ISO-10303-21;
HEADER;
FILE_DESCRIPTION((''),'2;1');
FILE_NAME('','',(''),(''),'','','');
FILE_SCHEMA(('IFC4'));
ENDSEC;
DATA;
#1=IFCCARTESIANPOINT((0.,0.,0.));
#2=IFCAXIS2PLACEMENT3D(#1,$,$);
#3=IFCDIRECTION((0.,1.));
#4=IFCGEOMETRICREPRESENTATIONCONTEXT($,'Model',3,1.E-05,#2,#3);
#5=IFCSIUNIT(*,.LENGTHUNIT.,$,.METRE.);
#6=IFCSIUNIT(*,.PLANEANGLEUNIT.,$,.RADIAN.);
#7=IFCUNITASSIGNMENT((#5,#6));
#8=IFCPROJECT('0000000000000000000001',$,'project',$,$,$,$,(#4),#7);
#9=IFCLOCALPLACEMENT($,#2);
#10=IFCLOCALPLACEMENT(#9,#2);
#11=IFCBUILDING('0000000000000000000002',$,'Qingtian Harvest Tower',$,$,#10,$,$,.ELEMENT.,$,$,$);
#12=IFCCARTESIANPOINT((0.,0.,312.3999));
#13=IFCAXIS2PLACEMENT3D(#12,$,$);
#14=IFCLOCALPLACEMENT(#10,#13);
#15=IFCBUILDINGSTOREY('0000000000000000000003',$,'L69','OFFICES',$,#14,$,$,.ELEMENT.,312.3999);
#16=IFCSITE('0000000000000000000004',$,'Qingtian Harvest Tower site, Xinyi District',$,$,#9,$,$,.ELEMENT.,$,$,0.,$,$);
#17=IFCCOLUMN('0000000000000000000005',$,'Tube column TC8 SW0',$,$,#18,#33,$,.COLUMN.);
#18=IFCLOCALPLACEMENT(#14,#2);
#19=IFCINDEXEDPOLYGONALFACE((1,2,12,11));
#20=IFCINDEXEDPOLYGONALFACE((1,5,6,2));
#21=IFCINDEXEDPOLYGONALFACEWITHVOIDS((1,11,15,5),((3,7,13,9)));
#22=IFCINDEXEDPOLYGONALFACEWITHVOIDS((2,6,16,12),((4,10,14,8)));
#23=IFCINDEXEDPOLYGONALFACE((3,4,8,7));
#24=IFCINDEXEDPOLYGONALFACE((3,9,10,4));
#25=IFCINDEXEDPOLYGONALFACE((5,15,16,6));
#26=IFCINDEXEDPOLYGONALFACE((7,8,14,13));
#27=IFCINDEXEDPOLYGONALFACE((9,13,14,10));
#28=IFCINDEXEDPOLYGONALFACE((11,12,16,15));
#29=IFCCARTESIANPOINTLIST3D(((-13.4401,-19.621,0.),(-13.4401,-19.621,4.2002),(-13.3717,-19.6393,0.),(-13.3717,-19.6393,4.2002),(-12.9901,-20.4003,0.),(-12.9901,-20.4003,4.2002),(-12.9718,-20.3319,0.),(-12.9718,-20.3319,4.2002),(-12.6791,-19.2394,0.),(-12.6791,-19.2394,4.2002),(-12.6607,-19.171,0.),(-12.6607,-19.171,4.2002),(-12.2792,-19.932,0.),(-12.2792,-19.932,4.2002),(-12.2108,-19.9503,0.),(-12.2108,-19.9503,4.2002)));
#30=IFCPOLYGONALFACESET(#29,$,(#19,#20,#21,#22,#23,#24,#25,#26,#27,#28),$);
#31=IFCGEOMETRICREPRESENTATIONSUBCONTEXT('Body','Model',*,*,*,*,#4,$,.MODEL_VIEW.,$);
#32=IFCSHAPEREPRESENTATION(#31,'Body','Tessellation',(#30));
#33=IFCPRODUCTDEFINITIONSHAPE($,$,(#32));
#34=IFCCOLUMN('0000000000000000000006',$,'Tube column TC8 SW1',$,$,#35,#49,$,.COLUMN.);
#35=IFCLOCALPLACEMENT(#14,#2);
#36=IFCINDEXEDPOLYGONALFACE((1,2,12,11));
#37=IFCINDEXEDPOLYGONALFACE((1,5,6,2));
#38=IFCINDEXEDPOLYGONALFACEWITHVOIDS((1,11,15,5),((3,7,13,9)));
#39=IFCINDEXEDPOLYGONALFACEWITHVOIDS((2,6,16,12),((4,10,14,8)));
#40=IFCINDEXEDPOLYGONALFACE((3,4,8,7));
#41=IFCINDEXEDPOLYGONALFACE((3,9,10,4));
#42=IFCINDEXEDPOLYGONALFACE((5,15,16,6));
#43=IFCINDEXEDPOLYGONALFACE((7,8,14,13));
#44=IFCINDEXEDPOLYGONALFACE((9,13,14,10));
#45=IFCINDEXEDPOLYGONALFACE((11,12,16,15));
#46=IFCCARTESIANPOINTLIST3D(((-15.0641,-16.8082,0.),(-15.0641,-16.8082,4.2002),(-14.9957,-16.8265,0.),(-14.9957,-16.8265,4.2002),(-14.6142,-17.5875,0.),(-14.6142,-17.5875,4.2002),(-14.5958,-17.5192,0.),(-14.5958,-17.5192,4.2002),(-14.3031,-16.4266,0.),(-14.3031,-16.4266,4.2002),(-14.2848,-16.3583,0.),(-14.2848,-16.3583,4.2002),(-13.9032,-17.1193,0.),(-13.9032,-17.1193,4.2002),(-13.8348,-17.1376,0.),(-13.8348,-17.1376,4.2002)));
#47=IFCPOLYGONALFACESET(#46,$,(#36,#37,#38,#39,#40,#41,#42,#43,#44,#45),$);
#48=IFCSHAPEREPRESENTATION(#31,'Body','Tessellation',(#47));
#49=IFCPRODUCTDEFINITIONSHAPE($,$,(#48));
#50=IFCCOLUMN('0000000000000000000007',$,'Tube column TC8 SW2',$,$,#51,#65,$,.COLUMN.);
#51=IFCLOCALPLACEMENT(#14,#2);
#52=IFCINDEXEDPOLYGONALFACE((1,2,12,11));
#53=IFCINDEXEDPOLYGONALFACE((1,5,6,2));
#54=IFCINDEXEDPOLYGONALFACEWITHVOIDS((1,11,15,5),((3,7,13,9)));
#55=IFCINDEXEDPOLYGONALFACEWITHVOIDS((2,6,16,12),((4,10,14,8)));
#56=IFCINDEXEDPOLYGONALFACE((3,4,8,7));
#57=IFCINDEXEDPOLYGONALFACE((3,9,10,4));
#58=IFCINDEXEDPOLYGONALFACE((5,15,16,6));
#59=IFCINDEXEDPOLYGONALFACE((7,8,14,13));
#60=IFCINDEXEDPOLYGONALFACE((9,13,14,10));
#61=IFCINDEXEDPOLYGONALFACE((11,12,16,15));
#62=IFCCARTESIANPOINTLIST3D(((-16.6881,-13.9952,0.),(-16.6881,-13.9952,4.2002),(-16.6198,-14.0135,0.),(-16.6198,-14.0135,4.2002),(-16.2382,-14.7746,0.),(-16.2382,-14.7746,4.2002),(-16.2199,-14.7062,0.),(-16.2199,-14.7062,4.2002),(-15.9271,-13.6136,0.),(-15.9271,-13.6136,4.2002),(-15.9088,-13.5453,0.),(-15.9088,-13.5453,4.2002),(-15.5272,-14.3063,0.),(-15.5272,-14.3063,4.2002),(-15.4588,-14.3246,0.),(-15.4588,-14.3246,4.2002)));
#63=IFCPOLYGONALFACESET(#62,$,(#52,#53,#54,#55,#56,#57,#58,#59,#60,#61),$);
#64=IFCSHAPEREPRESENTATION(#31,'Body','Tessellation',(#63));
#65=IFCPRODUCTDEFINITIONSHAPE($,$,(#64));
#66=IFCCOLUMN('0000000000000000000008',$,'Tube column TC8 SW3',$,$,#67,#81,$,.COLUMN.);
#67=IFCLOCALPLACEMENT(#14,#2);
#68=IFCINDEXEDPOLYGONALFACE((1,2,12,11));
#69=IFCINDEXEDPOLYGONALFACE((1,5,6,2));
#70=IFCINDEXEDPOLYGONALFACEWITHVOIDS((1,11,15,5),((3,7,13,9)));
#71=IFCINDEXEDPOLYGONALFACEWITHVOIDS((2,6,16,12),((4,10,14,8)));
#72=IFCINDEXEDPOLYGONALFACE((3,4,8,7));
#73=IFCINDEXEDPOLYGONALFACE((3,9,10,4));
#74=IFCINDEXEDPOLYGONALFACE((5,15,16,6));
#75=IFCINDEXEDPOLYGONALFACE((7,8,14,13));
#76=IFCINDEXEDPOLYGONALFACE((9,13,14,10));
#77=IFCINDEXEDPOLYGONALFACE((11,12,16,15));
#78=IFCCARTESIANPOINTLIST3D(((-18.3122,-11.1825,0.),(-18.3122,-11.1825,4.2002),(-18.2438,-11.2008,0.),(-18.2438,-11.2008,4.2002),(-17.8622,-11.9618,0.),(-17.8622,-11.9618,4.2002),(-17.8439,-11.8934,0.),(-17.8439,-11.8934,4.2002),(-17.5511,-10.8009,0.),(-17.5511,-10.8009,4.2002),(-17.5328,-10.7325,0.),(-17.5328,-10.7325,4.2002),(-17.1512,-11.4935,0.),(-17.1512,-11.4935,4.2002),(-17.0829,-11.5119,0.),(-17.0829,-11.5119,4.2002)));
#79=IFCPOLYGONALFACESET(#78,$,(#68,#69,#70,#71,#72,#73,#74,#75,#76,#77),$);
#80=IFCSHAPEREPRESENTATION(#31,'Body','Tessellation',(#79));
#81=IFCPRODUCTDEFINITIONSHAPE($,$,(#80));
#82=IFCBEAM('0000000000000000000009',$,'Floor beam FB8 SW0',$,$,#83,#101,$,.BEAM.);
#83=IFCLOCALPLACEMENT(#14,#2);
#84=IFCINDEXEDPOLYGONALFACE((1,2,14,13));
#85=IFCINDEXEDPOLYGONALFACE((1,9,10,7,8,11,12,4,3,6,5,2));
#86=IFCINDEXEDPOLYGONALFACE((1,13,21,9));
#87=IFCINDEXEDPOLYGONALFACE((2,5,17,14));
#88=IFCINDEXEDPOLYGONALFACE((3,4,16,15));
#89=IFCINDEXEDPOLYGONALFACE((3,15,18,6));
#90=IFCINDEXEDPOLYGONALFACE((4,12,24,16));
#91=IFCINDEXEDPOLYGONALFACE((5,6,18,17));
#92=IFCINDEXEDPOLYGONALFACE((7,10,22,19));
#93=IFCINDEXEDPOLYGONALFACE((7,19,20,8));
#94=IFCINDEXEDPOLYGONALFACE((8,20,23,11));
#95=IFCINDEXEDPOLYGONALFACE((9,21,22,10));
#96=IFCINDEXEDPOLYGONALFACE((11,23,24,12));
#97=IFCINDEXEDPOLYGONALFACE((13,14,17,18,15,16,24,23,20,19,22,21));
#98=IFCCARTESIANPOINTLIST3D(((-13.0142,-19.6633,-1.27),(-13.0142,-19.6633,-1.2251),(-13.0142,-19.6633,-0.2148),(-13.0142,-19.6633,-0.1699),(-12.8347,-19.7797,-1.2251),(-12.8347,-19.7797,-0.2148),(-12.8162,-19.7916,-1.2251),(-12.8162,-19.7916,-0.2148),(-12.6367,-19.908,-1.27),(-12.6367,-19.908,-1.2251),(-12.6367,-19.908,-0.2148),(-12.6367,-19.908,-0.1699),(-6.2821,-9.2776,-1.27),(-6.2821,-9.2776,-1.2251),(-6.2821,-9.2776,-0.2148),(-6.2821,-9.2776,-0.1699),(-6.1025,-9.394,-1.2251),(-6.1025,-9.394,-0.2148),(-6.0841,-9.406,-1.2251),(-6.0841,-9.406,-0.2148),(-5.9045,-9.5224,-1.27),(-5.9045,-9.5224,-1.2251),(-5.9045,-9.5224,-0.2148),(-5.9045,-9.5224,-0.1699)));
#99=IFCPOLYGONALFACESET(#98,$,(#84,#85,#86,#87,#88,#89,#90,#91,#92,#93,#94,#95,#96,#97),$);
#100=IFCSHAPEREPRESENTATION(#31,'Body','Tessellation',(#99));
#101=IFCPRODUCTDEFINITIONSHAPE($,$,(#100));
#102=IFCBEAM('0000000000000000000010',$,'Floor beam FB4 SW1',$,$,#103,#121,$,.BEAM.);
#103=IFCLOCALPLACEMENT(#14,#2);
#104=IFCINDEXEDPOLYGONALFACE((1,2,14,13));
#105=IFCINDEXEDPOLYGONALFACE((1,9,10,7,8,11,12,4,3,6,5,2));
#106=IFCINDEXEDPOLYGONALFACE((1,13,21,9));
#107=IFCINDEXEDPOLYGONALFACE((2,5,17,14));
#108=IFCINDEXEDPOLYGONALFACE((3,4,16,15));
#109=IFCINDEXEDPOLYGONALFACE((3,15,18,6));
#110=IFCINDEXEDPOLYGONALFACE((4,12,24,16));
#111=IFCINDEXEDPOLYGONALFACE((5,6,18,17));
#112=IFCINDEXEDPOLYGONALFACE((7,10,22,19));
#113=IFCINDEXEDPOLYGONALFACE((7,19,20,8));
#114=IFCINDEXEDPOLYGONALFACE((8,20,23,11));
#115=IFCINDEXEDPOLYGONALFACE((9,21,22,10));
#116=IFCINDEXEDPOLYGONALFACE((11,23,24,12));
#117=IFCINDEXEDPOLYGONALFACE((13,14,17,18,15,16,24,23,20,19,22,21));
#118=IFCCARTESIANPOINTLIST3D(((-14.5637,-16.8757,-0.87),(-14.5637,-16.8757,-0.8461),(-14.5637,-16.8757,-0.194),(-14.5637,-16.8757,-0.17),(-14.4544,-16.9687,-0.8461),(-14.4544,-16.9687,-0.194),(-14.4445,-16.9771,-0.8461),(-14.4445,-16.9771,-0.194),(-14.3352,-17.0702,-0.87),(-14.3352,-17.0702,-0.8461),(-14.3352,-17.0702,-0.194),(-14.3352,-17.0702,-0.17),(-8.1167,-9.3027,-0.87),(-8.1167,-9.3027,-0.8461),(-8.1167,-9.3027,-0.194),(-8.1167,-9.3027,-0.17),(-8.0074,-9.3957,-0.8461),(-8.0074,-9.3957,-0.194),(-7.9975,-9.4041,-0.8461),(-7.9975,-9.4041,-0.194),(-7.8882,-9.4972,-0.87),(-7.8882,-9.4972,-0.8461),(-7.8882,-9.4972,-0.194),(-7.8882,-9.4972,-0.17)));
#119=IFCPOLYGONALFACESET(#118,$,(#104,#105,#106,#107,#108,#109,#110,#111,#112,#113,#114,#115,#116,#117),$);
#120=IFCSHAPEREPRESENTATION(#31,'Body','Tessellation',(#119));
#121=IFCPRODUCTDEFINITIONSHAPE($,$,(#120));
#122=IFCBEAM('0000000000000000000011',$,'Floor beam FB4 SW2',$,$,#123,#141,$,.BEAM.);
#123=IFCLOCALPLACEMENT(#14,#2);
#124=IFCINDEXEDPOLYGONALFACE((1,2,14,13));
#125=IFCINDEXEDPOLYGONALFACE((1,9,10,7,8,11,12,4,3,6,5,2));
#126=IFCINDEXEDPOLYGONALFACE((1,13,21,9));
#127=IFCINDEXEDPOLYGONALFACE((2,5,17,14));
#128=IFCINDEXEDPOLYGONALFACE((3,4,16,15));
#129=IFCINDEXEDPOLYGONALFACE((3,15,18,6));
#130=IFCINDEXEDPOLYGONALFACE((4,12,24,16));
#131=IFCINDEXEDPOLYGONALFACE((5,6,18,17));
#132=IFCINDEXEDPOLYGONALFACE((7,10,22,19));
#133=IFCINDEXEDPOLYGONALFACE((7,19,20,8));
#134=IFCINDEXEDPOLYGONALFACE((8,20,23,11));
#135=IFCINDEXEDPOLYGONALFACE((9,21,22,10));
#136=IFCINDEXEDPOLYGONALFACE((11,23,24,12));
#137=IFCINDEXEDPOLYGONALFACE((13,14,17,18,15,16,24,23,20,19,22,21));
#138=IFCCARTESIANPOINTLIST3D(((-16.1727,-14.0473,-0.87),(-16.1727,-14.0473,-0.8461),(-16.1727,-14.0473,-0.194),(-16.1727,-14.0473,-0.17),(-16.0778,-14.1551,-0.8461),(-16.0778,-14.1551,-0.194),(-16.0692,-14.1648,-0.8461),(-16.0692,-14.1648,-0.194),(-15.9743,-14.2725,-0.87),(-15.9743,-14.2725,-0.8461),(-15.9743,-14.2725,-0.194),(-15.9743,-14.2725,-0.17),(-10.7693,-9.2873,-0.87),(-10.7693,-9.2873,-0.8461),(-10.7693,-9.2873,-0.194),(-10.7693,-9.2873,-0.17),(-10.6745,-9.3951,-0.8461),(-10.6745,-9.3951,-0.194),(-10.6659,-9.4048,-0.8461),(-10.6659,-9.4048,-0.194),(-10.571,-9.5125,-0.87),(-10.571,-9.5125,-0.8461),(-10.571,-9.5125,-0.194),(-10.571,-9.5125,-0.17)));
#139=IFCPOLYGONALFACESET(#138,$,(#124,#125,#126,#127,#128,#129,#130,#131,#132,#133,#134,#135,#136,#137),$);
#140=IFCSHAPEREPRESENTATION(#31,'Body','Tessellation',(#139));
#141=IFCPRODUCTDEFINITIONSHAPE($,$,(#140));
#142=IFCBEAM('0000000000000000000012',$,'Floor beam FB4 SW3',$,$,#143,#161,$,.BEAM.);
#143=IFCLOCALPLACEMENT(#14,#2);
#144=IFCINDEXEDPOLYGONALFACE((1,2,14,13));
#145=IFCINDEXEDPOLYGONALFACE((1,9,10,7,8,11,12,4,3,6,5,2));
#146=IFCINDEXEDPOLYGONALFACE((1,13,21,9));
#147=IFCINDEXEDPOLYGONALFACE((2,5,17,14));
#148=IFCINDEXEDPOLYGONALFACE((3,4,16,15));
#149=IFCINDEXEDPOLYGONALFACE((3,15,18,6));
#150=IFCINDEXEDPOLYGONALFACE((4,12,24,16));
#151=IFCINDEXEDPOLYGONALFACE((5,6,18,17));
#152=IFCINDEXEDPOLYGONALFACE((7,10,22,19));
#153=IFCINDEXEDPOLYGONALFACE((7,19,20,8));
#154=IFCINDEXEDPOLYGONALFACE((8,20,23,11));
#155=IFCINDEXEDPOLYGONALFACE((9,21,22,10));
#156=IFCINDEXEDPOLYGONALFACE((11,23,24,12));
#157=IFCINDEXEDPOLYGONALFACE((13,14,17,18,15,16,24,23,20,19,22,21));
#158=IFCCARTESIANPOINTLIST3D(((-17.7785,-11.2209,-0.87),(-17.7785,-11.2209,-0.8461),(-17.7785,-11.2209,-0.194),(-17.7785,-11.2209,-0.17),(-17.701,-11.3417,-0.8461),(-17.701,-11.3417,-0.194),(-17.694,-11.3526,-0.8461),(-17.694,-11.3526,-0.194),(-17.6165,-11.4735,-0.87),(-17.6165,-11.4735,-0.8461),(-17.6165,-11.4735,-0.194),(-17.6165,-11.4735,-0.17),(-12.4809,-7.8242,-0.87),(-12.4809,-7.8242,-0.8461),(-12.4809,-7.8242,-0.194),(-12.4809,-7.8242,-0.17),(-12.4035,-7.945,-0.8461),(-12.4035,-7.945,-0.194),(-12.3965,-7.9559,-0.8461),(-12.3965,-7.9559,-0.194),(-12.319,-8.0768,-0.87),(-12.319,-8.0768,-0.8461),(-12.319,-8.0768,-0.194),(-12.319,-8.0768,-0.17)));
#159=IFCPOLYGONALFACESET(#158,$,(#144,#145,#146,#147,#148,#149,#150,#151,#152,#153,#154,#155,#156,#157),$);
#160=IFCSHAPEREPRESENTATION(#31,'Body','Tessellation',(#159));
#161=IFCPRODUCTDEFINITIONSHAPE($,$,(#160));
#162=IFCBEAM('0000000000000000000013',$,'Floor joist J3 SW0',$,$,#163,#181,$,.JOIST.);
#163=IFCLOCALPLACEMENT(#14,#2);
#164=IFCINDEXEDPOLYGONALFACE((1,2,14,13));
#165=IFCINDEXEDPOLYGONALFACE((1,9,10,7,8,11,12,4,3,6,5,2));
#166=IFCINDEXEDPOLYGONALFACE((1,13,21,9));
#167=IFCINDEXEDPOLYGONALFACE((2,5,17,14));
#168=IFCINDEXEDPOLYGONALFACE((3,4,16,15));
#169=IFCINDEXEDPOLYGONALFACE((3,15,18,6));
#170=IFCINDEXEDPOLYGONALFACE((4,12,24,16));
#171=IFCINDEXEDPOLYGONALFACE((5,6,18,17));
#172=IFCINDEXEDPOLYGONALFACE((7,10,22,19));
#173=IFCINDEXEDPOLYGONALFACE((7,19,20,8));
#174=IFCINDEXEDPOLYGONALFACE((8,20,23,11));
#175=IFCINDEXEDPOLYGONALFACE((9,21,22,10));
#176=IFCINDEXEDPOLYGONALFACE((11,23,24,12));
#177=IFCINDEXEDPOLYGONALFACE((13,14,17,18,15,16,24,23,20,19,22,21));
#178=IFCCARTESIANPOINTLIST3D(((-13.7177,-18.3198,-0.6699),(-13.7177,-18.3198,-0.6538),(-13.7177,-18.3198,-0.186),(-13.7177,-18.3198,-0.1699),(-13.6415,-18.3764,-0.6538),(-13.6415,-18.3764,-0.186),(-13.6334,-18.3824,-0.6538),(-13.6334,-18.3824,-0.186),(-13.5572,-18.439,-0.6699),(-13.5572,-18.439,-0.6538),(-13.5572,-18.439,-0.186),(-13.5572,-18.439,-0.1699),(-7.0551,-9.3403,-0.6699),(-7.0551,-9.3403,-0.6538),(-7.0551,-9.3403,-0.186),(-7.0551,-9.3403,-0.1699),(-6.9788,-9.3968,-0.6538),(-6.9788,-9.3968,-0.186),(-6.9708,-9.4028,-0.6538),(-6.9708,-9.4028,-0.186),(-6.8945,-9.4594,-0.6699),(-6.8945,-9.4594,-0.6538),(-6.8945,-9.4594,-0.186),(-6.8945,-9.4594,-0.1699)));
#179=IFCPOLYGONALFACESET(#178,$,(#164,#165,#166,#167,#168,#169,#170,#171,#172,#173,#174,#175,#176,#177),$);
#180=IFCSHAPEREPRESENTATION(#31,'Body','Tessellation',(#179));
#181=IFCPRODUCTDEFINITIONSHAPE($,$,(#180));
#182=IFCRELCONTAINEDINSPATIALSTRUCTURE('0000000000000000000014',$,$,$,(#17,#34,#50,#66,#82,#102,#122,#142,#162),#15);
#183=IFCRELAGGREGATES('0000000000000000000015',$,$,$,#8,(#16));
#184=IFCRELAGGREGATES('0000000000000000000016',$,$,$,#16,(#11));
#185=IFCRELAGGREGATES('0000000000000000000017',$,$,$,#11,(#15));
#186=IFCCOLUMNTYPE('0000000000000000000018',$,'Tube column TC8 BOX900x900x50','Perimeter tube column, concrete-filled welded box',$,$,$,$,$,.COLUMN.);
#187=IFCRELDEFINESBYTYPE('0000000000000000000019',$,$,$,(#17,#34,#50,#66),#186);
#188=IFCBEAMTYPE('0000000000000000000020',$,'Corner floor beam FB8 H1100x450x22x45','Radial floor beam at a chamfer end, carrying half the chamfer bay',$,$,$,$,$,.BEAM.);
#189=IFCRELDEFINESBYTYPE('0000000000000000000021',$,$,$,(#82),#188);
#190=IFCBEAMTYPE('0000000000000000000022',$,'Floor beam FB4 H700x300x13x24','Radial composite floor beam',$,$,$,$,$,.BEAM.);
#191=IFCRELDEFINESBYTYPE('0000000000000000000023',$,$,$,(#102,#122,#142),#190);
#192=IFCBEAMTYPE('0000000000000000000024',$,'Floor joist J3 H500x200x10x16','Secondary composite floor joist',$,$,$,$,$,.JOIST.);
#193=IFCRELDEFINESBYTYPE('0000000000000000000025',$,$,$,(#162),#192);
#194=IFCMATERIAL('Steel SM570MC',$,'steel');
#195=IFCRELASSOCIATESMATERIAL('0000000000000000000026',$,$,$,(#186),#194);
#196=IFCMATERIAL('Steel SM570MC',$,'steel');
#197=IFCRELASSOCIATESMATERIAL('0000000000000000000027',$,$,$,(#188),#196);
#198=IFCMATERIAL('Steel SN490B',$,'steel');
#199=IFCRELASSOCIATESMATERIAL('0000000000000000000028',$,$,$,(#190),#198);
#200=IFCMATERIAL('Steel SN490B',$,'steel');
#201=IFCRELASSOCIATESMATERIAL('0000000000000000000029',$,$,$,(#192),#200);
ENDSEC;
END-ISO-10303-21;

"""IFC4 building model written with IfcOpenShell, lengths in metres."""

from ifc_helpers import new_model, si_unit, direction, frame, origin, origin_2d, place, context, subcontext, project, spatial, hollow_rectangle, i_section, extrude, material, material_profile, profile_set, type_object, element, save


model = new_model("IFC4")

# Units and contexts
model_context = context("Model", 3, precision=1e-05, world=origin(), true_north=direction((0.0, 1.0)))
body_context = subcontext(model_context, "Body", "Model", "MODEL_VIEW")
ifc_project = project(units=[si_unit("LENGTHUNIT", "METRE"), si_unit("PLANEANGLEUNIT", "RADIAN")], contexts=[model_context])

# Site, building, storey
site_placement = place(None, origin())
site = spatial("IfcSite", under=ifc_project, at=site_placement, Name="Qingtian Harvest Tower site, Xinyi District", CompositionType="ELEMENT", RefElevation=0.0)
building_placement = place(site_placement, origin())
building = spatial("IfcBuilding", under=site, at=building_placement, Name="Qingtian Harvest Tower", CompositionType="ELEMENT")
storey_placement = place(building_placement, frame((0.0, 0.0, 312.3999)))
storey = spatial("IfcBuildingStorey", under=building, at=storey_placement, Name="L69", Description="OFFICES", CompositionType="ELEMENT", Elevation=312.3999)

# Columns
ifc_material_1 = material(Name="Steel SM570MC", Category="steel")
ifc_material_profile_1 = material_profile(ifc_material_1, hollow_rectangle(XDim=0.8999, YDim=0.8999, WallThickness=0.05, at=origin_2d()), Name="BOX900x900x50")
ifc_profile_set_1 = profile_set([ifc_material_profile_1], Name="Steel SM570MC")
column_type = type_object("IfcColumnType", Name="Tube column TC8 BOX900x900x50", Description="Perimeter tube column, concrete-filled welded box", PredefinedType="COLUMN", material=ifc_profile_set_1)
for number, where, z_axis, x_axis, name in (
    (1, (-12.8254, -19.7856, 0.0), (0.0, 0.0, 1.0), (0.5, -0.866025, 0.0), "Tube column TC8 SW0"),
    (2, (-14.4495, -16.9729, 0.0), (0.0, 0.0, 1.0), (0.5, -0.866025, 0.0), "Tube column TC8 SW1"),
    (3, (-16.0735, -14.1599, 0.0), (0.0, 0.0, 1.0), (0.5, -0.866025, 0.0), "Tube column TC8 SW2"),
    (4, (-17.6975, -11.3472, 0.0), (0.0, 0.0, 1.0), (0.5, -0.866025, 0.0), "Tube column TC8 SW3"),
):
    element("IfcColumn", number, at=place(storey_placement, frame(where, z_axis=z_axis, x_axis=x_axis)), inside=storey, type_object=column_type, Name=name, PredefinedType="COLUMN", context=body_context, shape_type="SweptSolid", body=[
        extrude(hollow_rectangle(XDim=0.8999, YDim=0.8999, WallThickness=0.05, at=origin_2d()), origin(), (0.0, 0.0, 1.0), 4.2002),
    ])

# Beams
ifc_material_2 = material(Name="Steel SM570MC", Category="steel")
ifc_material_profile_2 = material_profile(ifc_material_2, i_section(OverallWidth=0.45, OverallDepth=1.1001, WebThickness=0.022, FlangeThickness=0.0449, at=origin_2d()), Name="H1100x450x22x45")
ifc_profile_set_2 = profile_set([ifc_material_profile_2], Name="Steel SM570MC")
beam_type_1 = type_object("IfcBeamType", Name="Corner floor beam FB8 H1100x450x22x45", Description="Radial floor beam at a chamfer end, carrying half the chamfer bay", PredefinedType="BEAM", material=ifc_profile_set_2)
beam_1_placement = place(storey_placement, frame((-12.8254, -19.7856, -0.72), z_axis=(0.543934, 0.839128, 0.0), x_axis=(-0.839128, 0.543934, 0.0)))
element("IfcBeam", 5, at=beam_1_placement, inside=storey, type_object=beam_type_1, Name="Floor beam FB8 SW0", PredefinedType="BEAM", context=body_context, shape_type="SweptSolid", body=[
    extrude(i_section(OverallWidth=0.45, OverallDepth=1.1001, WebThickness=0.022, FlangeThickness=0.0449, at=origin_2d()), origin(), (0.0, 0.0, 1.0), 12.3767),
])
ifc_material_3 = material(Name="Steel SN490B", Category="steel")
ifc_material_profile_3 = material_profile(ifc_material_3, i_section(OverallWidth=0.3, OverallDepth=0.7, WebThickness=0.0129, FlangeThickness=0.0239, at=origin_2d()), Name="H700x300x13x24")
ifc_profile_set_3 = profile_set([ifc_material_profile_3], Name="Steel SN490B")
beam_type_2 = type_object("IfcBeamType", Name="Floor beam FB4 H700x300x13x24", Description="Radial composite floor beam", PredefinedType="BEAM", material=ifc_profile_set_3)
beam_2_placement = place(storey_placement, frame((-14.4495, -16.9729, -0.52), z_axis=(0.64823, 0.761444, 0.0), x_axis=(-0.761444, 0.64823, 0.0)))
element("IfcBeam", 6, at=beam_2_placement, inside=storey, type_object=beam_type_2, Name="Floor beam FB4 SW1", PredefinedType="BEAM", context=body_context, shape_type="SweptSolid", body=[
    extrude(i_section(OverallWidth=0.3, OverallDepth=0.7, WebThickness=0.0129, FlangeThickness=0.0239, at=origin_2d()), origin(), (0.0, 0.0, 1.0), 9.9456),
])
beam_3_placement = place(storey_placement, frame((-16.0735, -14.1599, -0.52), z_axis=(0.750363, 0.661026, 0.0), x_axis=(-0.661026, 0.750363, 0.0)))
element("IfcBeam", 7, at=beam_3_placement, inside=storey, type_object=beam_type_2, Name="Floor beam FB4 SW2", PredefinedType="BEAM", context=body_context, shape_type="SweptSolid", body=[
    extrude(i_section(OverallWidth=0.3, OverallDepth=0.7, WebThickness=0.0129, FlangeThickness=0.0239, at=origin_2d()), origin(), (0.0, 0.0, 1.0), 7.2009),
])
beam_4_placement = place(storey_placement, frame((-17.6975, -11.3472, -0.52), z_axis=(0.841819, 0.539759, 0.0), x_axis=(-0.539759, 0.841819, 0.0)))
element("IfcBeam", 8, at=beam_4_placement, inside=storey, type_object=beam_type_2, Name="Floor beam FB4 SW3", PredefinedType="BEAM", context=body_context, shape_type="SweptSolid", body=[
    extrude(i_section(OverallWidth=0.3, OverallDepth=0.7, WebThickness=0.0129, FlangeThickness=0.0239, at=origin_2d()), origin(), (0.0, 0.0, 1.0), 6.293),
])
ifc_material_4 = material(Name="Steel SN490B", Category="steel")
ifc_material_profile_4 = material_profile(ifc_material_4, i_section(OverallWidth=0.2, OverallDepth=0.5, WebThickness=0.01, FlangeThickness=0.0161, at=origin_2d()), Name="H500x200x10x16")
ifc_profile_set_4 = profile_set([ifc_material_profile_4], Name="Steel SN490B")
beam_type_3 = type_object("IfcBeamType", Name="Floor joist J3 H500x200x10x16", Description="Secondary composite floor joist", PredefinedType="JOIST", material=ifc_profile_set_4)
beam_5_placement = place(storey_placement, frame((-13.6375, -18.3794, -0.4199), z_axis=(0.59587, 0.803081, 0.0), x_axis=(-0.803081, 0.59587, 0.0)))
element("IfcBeam", 9, at=beam_5_placement, inside=storey, type_object=beam_type_3, Name="Floor joist J3 SW0", PredefinedType="JOIST", context=body_context, shape_type="SweptSolid", body=[
    extrude(i_section(OverallWidth=0.2, OverallDepth=0.5, WebThickness=0.01, FlangeThickness=0.0161, at=origin_2d()), origin(), (0.0, 0.0, 1.0), 11.1814),
])

save(model, "model.ifc")
